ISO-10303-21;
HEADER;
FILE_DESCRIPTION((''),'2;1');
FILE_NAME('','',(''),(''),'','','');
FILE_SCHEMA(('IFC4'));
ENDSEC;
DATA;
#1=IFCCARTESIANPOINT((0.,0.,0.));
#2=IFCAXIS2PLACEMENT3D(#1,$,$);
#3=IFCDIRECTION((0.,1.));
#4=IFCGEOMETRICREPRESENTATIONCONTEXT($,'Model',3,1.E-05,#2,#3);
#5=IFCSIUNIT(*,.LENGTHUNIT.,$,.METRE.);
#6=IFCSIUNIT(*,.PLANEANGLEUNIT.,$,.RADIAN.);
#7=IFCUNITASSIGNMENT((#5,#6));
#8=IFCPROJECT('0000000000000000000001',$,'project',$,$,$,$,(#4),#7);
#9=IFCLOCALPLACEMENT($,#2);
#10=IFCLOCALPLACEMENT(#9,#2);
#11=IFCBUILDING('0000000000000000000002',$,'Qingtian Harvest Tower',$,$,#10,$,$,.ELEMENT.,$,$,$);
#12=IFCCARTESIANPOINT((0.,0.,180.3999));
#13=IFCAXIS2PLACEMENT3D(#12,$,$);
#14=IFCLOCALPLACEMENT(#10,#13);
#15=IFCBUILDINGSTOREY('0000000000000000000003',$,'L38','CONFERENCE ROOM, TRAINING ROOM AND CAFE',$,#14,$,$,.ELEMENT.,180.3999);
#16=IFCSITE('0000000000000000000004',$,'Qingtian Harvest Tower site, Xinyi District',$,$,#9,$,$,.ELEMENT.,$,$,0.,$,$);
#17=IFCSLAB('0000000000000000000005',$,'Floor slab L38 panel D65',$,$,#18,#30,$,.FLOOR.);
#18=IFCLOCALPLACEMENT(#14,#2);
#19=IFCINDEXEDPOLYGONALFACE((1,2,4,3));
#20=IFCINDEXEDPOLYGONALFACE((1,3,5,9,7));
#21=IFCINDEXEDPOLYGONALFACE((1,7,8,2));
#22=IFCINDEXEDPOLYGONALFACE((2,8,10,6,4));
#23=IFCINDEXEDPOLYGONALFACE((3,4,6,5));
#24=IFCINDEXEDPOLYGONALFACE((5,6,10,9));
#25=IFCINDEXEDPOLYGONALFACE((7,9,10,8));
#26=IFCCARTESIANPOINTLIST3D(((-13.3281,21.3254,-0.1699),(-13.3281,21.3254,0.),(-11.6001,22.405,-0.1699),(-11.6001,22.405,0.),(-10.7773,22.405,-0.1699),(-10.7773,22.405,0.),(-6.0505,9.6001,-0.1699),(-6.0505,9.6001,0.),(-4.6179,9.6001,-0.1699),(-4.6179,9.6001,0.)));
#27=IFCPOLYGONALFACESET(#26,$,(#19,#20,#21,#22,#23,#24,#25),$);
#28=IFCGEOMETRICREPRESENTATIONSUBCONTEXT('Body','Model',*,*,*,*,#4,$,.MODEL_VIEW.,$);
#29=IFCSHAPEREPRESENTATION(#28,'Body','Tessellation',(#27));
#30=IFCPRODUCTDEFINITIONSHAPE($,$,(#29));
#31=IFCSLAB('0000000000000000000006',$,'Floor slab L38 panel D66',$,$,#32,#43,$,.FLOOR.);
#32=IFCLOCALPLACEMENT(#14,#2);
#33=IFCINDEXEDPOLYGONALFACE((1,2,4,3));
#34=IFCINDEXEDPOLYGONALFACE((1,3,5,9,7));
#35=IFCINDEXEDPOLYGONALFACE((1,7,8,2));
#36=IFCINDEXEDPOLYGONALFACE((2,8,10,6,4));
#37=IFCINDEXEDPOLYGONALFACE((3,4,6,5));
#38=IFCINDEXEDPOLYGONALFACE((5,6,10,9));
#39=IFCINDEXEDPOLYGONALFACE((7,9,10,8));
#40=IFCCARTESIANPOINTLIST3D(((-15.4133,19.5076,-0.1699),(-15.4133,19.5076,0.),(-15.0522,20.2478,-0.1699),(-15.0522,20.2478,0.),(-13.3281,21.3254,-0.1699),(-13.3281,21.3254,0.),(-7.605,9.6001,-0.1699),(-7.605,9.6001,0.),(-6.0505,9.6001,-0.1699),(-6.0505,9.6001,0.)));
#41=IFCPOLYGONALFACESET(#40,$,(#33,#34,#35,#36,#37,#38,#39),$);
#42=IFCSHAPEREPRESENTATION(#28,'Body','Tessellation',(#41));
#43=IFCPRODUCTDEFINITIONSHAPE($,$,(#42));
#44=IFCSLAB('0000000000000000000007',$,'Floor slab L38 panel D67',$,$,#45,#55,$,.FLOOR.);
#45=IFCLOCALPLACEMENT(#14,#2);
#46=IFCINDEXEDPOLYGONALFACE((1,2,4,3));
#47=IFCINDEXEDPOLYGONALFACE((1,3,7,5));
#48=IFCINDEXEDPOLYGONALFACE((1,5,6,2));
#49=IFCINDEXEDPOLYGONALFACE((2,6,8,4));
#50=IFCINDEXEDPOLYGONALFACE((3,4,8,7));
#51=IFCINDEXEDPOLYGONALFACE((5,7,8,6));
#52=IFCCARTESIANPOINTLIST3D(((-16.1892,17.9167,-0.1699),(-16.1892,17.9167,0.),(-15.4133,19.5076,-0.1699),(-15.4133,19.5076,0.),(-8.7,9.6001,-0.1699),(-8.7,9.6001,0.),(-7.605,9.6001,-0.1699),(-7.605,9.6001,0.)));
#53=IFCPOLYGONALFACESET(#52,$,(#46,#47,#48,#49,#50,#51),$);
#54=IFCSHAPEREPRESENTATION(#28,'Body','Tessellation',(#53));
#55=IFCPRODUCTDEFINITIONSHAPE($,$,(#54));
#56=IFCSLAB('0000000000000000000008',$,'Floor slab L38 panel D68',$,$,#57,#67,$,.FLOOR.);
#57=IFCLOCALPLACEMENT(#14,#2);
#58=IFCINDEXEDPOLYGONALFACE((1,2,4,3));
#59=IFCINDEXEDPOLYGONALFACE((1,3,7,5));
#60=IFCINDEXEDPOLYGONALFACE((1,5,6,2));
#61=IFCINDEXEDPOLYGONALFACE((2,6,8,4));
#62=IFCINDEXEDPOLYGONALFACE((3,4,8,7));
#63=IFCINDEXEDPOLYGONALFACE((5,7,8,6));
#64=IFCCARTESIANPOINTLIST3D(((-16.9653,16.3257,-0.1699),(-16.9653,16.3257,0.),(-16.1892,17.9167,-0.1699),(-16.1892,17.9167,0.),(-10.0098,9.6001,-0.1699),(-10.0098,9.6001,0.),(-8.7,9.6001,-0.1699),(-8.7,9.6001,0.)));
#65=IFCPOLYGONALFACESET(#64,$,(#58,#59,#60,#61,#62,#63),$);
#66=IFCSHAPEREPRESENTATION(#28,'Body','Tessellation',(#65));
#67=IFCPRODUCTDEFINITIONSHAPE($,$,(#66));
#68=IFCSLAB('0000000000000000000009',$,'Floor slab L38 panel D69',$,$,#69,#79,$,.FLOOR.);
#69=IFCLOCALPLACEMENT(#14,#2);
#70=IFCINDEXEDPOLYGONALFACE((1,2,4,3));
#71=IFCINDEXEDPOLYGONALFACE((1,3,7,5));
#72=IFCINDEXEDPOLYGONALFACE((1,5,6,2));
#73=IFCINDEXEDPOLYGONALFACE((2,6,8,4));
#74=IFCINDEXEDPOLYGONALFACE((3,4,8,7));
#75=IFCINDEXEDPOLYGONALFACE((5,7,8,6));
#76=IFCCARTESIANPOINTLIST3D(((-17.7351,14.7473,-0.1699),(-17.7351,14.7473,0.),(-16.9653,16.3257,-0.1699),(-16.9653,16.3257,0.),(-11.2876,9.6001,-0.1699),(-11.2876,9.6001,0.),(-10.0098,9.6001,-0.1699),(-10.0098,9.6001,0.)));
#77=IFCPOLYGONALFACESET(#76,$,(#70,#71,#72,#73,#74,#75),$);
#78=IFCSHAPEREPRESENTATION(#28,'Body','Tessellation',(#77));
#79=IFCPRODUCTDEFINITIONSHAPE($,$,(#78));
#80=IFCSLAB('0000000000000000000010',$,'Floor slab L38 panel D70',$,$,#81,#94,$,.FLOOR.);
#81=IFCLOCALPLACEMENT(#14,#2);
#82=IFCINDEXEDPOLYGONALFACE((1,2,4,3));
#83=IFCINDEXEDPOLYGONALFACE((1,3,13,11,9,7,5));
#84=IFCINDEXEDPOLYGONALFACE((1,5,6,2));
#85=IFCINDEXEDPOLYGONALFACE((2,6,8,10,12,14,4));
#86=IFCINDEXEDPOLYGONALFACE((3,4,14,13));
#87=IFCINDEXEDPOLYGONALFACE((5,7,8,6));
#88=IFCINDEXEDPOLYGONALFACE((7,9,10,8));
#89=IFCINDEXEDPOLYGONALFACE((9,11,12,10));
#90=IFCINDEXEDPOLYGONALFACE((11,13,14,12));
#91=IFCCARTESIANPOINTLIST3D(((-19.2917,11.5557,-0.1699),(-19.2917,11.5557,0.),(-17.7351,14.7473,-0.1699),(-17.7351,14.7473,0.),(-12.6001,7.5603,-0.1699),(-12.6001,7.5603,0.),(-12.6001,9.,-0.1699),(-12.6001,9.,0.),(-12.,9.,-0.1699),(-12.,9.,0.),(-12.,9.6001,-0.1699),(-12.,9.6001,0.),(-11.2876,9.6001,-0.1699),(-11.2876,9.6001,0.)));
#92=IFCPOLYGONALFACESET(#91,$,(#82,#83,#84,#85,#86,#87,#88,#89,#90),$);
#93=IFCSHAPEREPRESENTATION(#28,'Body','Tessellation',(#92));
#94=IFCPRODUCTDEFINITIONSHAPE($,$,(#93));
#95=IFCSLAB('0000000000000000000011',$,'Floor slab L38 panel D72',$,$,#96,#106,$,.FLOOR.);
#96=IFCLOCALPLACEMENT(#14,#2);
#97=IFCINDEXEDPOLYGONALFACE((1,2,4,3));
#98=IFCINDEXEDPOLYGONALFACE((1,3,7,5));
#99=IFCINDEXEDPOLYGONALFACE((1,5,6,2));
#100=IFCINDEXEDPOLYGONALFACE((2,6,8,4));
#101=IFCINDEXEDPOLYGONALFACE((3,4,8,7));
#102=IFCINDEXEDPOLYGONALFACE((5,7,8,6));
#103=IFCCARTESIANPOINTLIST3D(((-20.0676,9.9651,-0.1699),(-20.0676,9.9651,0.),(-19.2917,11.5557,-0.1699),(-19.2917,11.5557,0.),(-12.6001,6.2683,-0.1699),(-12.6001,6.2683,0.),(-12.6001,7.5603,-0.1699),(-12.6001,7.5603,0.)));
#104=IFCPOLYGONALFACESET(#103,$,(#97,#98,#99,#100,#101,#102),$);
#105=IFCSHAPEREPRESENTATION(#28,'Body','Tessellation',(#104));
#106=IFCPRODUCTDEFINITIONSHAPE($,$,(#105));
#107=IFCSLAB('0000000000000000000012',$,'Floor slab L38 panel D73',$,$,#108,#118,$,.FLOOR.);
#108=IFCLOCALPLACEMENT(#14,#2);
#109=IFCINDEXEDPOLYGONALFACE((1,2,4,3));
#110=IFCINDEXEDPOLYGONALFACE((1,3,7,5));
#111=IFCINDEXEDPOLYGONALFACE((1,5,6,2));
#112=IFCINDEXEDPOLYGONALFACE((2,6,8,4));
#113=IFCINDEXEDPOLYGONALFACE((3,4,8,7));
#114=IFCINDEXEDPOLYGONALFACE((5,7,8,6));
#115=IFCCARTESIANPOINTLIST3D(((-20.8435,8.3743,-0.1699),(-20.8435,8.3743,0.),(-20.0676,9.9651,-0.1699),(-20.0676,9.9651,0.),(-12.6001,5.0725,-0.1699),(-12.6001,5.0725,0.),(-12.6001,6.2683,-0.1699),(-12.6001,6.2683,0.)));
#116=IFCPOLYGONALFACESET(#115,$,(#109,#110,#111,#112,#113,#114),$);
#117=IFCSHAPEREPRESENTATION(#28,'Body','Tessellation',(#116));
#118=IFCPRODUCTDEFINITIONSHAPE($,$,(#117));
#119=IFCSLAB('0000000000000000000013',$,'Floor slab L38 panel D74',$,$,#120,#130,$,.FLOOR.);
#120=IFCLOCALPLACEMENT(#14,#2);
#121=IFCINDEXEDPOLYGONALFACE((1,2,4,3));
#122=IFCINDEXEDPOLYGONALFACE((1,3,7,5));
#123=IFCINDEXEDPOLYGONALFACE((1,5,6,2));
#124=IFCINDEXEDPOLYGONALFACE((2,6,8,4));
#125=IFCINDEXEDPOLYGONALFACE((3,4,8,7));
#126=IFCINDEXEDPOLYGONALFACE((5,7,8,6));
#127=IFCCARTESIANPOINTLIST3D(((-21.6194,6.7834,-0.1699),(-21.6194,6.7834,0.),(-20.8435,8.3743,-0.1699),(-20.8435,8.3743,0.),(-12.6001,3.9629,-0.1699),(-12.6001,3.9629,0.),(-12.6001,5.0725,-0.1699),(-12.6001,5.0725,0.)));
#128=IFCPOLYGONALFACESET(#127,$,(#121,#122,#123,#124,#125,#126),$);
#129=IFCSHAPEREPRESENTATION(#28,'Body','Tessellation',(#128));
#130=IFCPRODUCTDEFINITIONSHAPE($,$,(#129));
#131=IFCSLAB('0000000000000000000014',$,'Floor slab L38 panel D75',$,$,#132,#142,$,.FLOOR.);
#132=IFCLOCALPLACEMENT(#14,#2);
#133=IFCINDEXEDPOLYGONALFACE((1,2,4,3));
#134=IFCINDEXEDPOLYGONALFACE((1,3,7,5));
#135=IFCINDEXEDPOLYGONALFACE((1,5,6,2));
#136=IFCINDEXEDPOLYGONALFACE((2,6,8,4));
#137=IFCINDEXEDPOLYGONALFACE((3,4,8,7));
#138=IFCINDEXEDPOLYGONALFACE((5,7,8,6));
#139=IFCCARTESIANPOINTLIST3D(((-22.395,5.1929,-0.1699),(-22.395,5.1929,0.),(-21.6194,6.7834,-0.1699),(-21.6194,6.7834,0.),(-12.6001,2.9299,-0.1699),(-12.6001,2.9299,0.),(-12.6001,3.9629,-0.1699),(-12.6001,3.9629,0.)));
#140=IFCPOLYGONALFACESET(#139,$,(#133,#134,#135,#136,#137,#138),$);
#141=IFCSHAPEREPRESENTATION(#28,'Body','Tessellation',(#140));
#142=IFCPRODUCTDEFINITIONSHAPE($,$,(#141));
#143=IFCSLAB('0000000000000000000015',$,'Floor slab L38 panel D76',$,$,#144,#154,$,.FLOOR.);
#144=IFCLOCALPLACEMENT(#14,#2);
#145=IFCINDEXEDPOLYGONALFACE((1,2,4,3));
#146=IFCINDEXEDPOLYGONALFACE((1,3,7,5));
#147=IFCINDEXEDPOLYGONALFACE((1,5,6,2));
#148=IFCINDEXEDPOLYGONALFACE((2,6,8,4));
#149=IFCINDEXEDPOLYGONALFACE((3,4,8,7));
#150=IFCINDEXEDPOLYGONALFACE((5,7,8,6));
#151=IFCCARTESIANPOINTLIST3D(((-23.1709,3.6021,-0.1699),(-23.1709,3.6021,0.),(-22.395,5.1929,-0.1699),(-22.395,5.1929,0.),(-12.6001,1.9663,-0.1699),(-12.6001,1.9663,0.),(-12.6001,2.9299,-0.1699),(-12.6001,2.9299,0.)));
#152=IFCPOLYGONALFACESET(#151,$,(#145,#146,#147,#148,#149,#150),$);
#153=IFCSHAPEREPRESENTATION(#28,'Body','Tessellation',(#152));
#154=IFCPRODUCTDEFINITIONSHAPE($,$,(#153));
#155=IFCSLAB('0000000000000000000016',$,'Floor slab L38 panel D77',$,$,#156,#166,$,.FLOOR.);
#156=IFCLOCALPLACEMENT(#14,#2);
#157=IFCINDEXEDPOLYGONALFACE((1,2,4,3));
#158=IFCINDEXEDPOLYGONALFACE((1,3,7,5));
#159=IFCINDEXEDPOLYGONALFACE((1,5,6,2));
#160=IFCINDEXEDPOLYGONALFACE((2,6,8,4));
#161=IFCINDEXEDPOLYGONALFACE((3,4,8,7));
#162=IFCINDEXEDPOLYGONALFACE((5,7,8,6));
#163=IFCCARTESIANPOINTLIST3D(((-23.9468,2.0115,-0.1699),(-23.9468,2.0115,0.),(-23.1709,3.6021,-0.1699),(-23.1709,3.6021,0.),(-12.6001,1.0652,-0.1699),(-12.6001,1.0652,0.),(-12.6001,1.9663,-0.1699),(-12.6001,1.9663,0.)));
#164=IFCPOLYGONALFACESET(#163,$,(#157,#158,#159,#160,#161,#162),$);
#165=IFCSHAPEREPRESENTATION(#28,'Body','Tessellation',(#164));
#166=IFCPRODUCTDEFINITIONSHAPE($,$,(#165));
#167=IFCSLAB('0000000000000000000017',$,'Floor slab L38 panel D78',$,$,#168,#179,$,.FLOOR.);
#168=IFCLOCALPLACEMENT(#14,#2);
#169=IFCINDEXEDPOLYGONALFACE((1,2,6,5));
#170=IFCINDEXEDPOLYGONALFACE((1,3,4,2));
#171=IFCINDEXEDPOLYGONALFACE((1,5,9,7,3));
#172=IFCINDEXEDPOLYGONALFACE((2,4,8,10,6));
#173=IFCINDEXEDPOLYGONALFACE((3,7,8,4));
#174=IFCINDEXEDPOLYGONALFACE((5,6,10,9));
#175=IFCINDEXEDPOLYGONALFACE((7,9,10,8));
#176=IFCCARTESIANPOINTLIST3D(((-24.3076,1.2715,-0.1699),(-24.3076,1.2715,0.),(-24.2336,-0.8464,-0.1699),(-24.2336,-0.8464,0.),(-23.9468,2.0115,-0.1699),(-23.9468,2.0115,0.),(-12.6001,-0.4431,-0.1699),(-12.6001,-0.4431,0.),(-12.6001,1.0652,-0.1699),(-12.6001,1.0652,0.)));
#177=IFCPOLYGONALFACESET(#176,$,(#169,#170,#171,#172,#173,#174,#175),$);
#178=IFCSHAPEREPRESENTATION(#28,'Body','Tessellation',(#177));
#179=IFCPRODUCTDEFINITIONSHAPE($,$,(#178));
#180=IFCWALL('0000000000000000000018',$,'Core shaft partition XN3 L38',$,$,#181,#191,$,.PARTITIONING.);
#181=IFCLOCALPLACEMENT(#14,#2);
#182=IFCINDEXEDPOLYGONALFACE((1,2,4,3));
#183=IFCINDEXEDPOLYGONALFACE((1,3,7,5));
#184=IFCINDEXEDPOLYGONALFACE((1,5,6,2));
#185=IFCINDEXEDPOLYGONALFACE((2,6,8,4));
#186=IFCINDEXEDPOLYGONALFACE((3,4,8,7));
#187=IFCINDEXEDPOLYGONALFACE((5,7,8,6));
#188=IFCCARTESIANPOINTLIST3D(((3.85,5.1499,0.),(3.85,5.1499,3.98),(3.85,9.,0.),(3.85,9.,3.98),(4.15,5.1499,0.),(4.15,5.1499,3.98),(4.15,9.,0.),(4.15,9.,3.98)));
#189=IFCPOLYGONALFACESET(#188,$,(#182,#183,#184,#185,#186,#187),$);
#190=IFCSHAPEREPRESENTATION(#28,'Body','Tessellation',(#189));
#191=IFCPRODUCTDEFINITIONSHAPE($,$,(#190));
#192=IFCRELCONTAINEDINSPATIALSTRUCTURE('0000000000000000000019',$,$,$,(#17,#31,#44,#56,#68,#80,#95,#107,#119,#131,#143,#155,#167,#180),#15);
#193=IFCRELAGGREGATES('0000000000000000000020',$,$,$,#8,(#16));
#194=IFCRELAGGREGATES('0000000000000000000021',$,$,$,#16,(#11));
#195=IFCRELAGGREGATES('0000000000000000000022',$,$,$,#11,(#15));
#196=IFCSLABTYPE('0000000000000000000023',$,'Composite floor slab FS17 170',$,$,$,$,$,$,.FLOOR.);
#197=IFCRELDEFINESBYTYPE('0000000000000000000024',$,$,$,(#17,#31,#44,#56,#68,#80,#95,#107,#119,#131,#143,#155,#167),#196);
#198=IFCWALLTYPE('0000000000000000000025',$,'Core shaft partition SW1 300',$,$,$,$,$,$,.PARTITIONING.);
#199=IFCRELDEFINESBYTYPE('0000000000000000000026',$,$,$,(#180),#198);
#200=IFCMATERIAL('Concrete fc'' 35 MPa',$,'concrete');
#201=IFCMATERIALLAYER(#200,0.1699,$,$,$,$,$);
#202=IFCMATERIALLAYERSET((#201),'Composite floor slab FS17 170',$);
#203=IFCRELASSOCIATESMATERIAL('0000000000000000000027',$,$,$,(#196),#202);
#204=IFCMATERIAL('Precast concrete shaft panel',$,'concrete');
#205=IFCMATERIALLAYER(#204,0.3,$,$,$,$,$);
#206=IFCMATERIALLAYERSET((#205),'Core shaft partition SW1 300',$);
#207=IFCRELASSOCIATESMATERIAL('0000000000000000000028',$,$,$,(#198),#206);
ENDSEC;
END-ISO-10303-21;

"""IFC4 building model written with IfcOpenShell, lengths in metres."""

from ifc_helpers import new_model, si_unit, direction, frame, frame_2d, origin, place, context, subcontext, project, spatial, polyline, rectangle, outline, extrude, material, layer, layer_set, type_object, element, save


model = new_model("IFC4")

# Units and contexts
model_context = context("Model", 3, precision=1e-05, world=origin(), true_north=direction((0.0, 1.0)))
body_context = subcontext(model_context, "Body", "Model", "MODEL_VIEW")
ifc_project = project(units=[si_unit("LENGTHUNIT", "METRE"), si_unit("PLANEANGLEUNIT", "RADIAN")], contexts=[model_context])

# Site, building, storey
site_placement = place(None, origin())
site = spatial("IfcSite", under=ifc_project, at=site_placement, Name="Qingtian Harvest Tower site, Xinyi District", CompositionType="ELEMENT", RefElevation=0.0)
building_placement = place(site_placement, origin())
building = spatial("IfcBuilding", under=site, at=building_placement, Name="Qingtian Harvest Tower", CompositionType="ELEMENT")
storey_placement = place(building_placement, frame((0.0, 0.0, 180.3999)))
storey = spatial("IfcBuildingStorey", under=building, at=storey_placement, Name="L38", Description="CONFERENCE ROOM, TRAINING ROOM AND CAFE", CompositionType="ELEMENT", Elevation=180.3999)

# Slabs
ifc_material_1 = material(Name="Concrete fc' 35 MPa", Category="concrete")
ifc_layer_1 = layer(ifc_material_1, 0.1699)
ifc_layer_set_1 = layer_set([ifc_layer_1], Name="Composite floor slab FS17 170")
slab_type = type_object("IfcSlabType", Name="Composite floor slab FS17 170", PredefinedType="FLOOR", material=ifc_layer_set_1)
slab_1_placement = place(storey_placement, frame((0.0, 0.0, -0.1699)))
element("IfcSlab", 1, at=slab_1_placement, inside=storey, type_object=slab_type, Name="Floor slab L38 panel D65", PredefinedType="FLOOR", context=body_context, shape_type="SweptSolid", body=[
    extrude(outline(polyline([(-4.6179, 9.6001), (-6.0505, 9.6001), (-13.3281, 21.3254), (-11.6001, 22.405), (-10.7773, 22.405), (-4.6179, 9.6001)])), origin(), (0.0, 0.0, 1.0), 0.1699),
])
slab_2_placement = place(storey_placement, frame((0.0, 0.0, -0.1699)))
element("IfcSlab", 2, at=slab_2_placement, inside=storey, type_object=slab_type, Name="Floor slab L38 panel D66", PredefinedType="FLOOR", context=body_context, shape_type="SweptSolid", body=[
    extrude(outline(polyline([(-6.0505, 9.6001), (-7.605, 9.6001), (-15.4133, 19.5076), (-15.0522, 20.2478), (-13.3281, 21.3254), (-6.0505, 9.6001)])), origin(), (0.0, 0.0, 1.0), 0.1699),
])
slab_3_placement = place(storey_placement, frame((0.0, 0.0, -0.1699)))
element("IfcSlab", 3, at=slab_3_placement, inside=storey, type_object=slab_type, Name="Floor slab L38 panel D67", PredefinedType="FLOOR", context=body_context, shape_type="SweptSolid", body=[
    extrude(outline(polyline([(-8.7, 9.6001), (-16.1892, 17.9167), (-15.4133, 19.5076), (-7.605, 9.6001), (-8.7, 9.6001)])), origin(), (0.0, 0.0, 1.0), 0.1699),
])
slab_4_placement = place(storey_placement, frame((0.0, 0.0, -0.1699)))
element("IfcSlab", 4, at=slab_4_placement, inside=storey, type_object=slab_type, Name="Floor slab L38 panel D68", PredefinedType="FLOOR", context=body_context, shape_type="SweptSolid", body=[
    extrude(outline(polyline([(-10.0098, 9.6001), (-16.9653, 16.3257), (-16.1892, 17.9167), (-8.7, 9.6001), (-10.0098, 9.6001)])), origin(), (0.0, 0.0, 1.0), 0.1699),
])
slab_5_placement = place(storey_placement, frame((0.0, 0.0, -0.1699)))
element("IfcSlab", 5, at=slab_5_placement, inside=storey, type_object=slab_type, Name="Floor slab L38 panel D69", PredefinedType="FLOOR", context=body_context, shape_type="SweptSolid", body=[
    extrude(outline(polyline([(-11.2876, 9.6001), (-17.7351, 14.7473), (-16.9653, 16.3257), (-10.0098, 9.6001), (-11.2876, 9.6001)])), origin(), (0.0, 0.0, 1.0), 0.1699),
])
slab_6_placement = place(storey_placement, frame((0.0, 0.0, -0.1699)))
element("IfcSlab", 6, at=slab_6_placement, inside=storey, type_object=slab_type, Name="Floor slab L38 panel D70", PredefinedType="FLOOR", context=body_context, shape_type="SweptSolid", body=[
    extrude(outline(polyline([(-12.0, 9.0), (-12.6001, 9.0), (-12.6001, 7.5603), (-19.2917, 11.5557), (-17.7351, 14.7473), (-11.2876, 9.6001), (-12.0, 9.6001), (-12.0, 9.0)])), origin(), (0.0, 0.0, 1.0), 0.1699),
])
slab_7_placement = place(storey_placement, frame((0.0, 0.0, -0.1699)))
element("IfcSlab", 7, at=slab_7_placement, inside=storey, type_object=slab_type, Name="Floor slab L38 panel D72", PredefinedType="FLOOR", context=body_context, shape_type="SweptSolid", body=[
    extrude(outline(polyline([(-12.6001, 6.2683), (-20.0676, 9.9651), (-19.2917, 11.5557), (-12.6001, 7.5603), (-12.6001, 6.2683)])), origin(), (0.0, 0.0, 1.0), 0.1699),
])
slab_8_placement = place(storey_placement, frame((0.0, 0.0, -0.1699)))
element("IfcSlab", 8, at=slab_8_placement, inside=storey, type_object=slab_type, Name="Floor slab L38 panel D73", PredefinedType="FLOOR", context=body_context, shape_type="SweptSolid", body=[
    extrude(outline(polyline([(-12.6001, 5.0725), (-20.8435, 8.3743), (-20.0676, 9.9651), (-12.6001, 6.2683), (-12.6001, 5.0725)])), origin(), (0.0, 0.0, 1.0), 0.1699),
])
slab_9_placement = place(storey_placement, frame((0.0, 0.0, -0.1699)))
element("IfcSlab", 9, at=slab_9_placement, inside=storey, type_object=slab_type, Name="Floor slab L38 panel D74", PredefinedType="FLOOR", context=body_context, shape_type="SweptSolid", body=[
    extrude(outline(polyline([(-12.6001, 3.9629), (-21.6194, 6.7834), (-20.8435, 8.3743), (-12.6001, 5.0725), (-12.6001, 3.9629)])), origin(), (0.0, 0.0, 1.0), 0.1699),
])
slab_10_placement = place(storey_placement, frame((0.0, 0.0, -0.1699)))
element("IfcSlab", 10, at=slab_10_placement, inside=storey, type_object=slab_type, Name="Floor slab L38 panel D75", PredefinedType="FLOOR", context=body_context, shape_type="SweptSolid", body=[
    extrude(outline(polyline([(-12.6001, 2.9299), (-22.395, 5.1929), (-21.6194, 6.7834), (-12.6001, 3.9629), (-12.6001, 2.9299)])), origin(), (0.0, 0.0, 1.0), 0.1699),
])
slab_11_placement = place(storey_placement, frame((0.0, 0.0, -0.1699)))
element("IfcSlab", 11, at=slab_11_placement, inside=storey, type_object=slab_type, Name="Floor slab L38 panel D76", PredefinedType="FLOOR", context=body_context, shape_type="SweptSolid", body=[
    extrude(outline(polyline([(-12.6001, 1.9663), (-23.1709, 3.6021), (-22.395, 5.1929), (-12.6001, 2.9299), (-12.6001, 1.9663)])), origin(), (0.0, 0.0, 1.0), 0.1699),
])
slab_12_placement = place(storey_placement, frame((0.0, 0.0, -0.1699)))
element("IfcSlab", 12, at=slab_12_placement, inside=storey, type_object=slab_type, Name="Floor slab L38 panel D77", PredefinedType="FLOOR", context=body_context, shape_type="SweptSolid", body=[
    extrude(outline(polyline([(-12.6001, 1.0652), (-23.9468, 2.0115), (-23.1709, 3.6021), (-12.6001, 1.9663), (-12.6001, 1.0652)])), origin(), (0.0, 0.0, 1.0), 0.1699),
])
slab_13_placement = place(storey_placement, frame((0.0, 0.0, -0.1699)))
element("IfcSlab", 13, at=slab_13_placement, inside=storey, type_object=slab_type, Name="Floor slab L38 panel D78", PredefinedType="FLOOR", context=body_context, shape_type="SweptSolid", body=[
    extrude(outline(polyline([(-12.6001, 1.0652), (-12.6001, -0.4431), (-24.2336, -0.8464), (-24.3076, 1.2715), (-23.9468, 2.0115), (-12.6001, 1.0652)])), origin(), (0.0, 0.0, 1.0), 0.1699),
])

# Shared definitions
ifc_material_2 = material(Name="Precast concrete shaft panel", Category="concrete")
ifc_layer_2 = layer(ifc_material_2, 0.3)
ifc_layer_set_2 = layer_set([ifc_layer_2], Name="Core shaft partition SW1 300")
wall_type_1 = type_object("IfcWallType", Name="Core shaft partition SW1 300", PredefinedType="PARTITIONING", material=ifc_layer_set_2)

# Wall
wall_1_placement = place(storey_placement, frame((4.0, 5.1499, 0.0), z_axis=(0.0, 0.0, 1.0), x_axis=(0.0, 1.0, 0.0)))
element("IfcWall", 14, at=wall_1_placement, inside=storey, type_object=wall_type_1, Name="Core shaft partition XN3 L38", PredefinedType="PARTITIONING", context=body_context, shape_type="SweptSolid", body=[
    extrude(rectangle(XDim=3.8501, YDim=0.3, at=frame_2d((1.925, 0.0))), origin(), (0.0, 0.0, 1.0), 3.98),
])

save(model, "model.ifc")
